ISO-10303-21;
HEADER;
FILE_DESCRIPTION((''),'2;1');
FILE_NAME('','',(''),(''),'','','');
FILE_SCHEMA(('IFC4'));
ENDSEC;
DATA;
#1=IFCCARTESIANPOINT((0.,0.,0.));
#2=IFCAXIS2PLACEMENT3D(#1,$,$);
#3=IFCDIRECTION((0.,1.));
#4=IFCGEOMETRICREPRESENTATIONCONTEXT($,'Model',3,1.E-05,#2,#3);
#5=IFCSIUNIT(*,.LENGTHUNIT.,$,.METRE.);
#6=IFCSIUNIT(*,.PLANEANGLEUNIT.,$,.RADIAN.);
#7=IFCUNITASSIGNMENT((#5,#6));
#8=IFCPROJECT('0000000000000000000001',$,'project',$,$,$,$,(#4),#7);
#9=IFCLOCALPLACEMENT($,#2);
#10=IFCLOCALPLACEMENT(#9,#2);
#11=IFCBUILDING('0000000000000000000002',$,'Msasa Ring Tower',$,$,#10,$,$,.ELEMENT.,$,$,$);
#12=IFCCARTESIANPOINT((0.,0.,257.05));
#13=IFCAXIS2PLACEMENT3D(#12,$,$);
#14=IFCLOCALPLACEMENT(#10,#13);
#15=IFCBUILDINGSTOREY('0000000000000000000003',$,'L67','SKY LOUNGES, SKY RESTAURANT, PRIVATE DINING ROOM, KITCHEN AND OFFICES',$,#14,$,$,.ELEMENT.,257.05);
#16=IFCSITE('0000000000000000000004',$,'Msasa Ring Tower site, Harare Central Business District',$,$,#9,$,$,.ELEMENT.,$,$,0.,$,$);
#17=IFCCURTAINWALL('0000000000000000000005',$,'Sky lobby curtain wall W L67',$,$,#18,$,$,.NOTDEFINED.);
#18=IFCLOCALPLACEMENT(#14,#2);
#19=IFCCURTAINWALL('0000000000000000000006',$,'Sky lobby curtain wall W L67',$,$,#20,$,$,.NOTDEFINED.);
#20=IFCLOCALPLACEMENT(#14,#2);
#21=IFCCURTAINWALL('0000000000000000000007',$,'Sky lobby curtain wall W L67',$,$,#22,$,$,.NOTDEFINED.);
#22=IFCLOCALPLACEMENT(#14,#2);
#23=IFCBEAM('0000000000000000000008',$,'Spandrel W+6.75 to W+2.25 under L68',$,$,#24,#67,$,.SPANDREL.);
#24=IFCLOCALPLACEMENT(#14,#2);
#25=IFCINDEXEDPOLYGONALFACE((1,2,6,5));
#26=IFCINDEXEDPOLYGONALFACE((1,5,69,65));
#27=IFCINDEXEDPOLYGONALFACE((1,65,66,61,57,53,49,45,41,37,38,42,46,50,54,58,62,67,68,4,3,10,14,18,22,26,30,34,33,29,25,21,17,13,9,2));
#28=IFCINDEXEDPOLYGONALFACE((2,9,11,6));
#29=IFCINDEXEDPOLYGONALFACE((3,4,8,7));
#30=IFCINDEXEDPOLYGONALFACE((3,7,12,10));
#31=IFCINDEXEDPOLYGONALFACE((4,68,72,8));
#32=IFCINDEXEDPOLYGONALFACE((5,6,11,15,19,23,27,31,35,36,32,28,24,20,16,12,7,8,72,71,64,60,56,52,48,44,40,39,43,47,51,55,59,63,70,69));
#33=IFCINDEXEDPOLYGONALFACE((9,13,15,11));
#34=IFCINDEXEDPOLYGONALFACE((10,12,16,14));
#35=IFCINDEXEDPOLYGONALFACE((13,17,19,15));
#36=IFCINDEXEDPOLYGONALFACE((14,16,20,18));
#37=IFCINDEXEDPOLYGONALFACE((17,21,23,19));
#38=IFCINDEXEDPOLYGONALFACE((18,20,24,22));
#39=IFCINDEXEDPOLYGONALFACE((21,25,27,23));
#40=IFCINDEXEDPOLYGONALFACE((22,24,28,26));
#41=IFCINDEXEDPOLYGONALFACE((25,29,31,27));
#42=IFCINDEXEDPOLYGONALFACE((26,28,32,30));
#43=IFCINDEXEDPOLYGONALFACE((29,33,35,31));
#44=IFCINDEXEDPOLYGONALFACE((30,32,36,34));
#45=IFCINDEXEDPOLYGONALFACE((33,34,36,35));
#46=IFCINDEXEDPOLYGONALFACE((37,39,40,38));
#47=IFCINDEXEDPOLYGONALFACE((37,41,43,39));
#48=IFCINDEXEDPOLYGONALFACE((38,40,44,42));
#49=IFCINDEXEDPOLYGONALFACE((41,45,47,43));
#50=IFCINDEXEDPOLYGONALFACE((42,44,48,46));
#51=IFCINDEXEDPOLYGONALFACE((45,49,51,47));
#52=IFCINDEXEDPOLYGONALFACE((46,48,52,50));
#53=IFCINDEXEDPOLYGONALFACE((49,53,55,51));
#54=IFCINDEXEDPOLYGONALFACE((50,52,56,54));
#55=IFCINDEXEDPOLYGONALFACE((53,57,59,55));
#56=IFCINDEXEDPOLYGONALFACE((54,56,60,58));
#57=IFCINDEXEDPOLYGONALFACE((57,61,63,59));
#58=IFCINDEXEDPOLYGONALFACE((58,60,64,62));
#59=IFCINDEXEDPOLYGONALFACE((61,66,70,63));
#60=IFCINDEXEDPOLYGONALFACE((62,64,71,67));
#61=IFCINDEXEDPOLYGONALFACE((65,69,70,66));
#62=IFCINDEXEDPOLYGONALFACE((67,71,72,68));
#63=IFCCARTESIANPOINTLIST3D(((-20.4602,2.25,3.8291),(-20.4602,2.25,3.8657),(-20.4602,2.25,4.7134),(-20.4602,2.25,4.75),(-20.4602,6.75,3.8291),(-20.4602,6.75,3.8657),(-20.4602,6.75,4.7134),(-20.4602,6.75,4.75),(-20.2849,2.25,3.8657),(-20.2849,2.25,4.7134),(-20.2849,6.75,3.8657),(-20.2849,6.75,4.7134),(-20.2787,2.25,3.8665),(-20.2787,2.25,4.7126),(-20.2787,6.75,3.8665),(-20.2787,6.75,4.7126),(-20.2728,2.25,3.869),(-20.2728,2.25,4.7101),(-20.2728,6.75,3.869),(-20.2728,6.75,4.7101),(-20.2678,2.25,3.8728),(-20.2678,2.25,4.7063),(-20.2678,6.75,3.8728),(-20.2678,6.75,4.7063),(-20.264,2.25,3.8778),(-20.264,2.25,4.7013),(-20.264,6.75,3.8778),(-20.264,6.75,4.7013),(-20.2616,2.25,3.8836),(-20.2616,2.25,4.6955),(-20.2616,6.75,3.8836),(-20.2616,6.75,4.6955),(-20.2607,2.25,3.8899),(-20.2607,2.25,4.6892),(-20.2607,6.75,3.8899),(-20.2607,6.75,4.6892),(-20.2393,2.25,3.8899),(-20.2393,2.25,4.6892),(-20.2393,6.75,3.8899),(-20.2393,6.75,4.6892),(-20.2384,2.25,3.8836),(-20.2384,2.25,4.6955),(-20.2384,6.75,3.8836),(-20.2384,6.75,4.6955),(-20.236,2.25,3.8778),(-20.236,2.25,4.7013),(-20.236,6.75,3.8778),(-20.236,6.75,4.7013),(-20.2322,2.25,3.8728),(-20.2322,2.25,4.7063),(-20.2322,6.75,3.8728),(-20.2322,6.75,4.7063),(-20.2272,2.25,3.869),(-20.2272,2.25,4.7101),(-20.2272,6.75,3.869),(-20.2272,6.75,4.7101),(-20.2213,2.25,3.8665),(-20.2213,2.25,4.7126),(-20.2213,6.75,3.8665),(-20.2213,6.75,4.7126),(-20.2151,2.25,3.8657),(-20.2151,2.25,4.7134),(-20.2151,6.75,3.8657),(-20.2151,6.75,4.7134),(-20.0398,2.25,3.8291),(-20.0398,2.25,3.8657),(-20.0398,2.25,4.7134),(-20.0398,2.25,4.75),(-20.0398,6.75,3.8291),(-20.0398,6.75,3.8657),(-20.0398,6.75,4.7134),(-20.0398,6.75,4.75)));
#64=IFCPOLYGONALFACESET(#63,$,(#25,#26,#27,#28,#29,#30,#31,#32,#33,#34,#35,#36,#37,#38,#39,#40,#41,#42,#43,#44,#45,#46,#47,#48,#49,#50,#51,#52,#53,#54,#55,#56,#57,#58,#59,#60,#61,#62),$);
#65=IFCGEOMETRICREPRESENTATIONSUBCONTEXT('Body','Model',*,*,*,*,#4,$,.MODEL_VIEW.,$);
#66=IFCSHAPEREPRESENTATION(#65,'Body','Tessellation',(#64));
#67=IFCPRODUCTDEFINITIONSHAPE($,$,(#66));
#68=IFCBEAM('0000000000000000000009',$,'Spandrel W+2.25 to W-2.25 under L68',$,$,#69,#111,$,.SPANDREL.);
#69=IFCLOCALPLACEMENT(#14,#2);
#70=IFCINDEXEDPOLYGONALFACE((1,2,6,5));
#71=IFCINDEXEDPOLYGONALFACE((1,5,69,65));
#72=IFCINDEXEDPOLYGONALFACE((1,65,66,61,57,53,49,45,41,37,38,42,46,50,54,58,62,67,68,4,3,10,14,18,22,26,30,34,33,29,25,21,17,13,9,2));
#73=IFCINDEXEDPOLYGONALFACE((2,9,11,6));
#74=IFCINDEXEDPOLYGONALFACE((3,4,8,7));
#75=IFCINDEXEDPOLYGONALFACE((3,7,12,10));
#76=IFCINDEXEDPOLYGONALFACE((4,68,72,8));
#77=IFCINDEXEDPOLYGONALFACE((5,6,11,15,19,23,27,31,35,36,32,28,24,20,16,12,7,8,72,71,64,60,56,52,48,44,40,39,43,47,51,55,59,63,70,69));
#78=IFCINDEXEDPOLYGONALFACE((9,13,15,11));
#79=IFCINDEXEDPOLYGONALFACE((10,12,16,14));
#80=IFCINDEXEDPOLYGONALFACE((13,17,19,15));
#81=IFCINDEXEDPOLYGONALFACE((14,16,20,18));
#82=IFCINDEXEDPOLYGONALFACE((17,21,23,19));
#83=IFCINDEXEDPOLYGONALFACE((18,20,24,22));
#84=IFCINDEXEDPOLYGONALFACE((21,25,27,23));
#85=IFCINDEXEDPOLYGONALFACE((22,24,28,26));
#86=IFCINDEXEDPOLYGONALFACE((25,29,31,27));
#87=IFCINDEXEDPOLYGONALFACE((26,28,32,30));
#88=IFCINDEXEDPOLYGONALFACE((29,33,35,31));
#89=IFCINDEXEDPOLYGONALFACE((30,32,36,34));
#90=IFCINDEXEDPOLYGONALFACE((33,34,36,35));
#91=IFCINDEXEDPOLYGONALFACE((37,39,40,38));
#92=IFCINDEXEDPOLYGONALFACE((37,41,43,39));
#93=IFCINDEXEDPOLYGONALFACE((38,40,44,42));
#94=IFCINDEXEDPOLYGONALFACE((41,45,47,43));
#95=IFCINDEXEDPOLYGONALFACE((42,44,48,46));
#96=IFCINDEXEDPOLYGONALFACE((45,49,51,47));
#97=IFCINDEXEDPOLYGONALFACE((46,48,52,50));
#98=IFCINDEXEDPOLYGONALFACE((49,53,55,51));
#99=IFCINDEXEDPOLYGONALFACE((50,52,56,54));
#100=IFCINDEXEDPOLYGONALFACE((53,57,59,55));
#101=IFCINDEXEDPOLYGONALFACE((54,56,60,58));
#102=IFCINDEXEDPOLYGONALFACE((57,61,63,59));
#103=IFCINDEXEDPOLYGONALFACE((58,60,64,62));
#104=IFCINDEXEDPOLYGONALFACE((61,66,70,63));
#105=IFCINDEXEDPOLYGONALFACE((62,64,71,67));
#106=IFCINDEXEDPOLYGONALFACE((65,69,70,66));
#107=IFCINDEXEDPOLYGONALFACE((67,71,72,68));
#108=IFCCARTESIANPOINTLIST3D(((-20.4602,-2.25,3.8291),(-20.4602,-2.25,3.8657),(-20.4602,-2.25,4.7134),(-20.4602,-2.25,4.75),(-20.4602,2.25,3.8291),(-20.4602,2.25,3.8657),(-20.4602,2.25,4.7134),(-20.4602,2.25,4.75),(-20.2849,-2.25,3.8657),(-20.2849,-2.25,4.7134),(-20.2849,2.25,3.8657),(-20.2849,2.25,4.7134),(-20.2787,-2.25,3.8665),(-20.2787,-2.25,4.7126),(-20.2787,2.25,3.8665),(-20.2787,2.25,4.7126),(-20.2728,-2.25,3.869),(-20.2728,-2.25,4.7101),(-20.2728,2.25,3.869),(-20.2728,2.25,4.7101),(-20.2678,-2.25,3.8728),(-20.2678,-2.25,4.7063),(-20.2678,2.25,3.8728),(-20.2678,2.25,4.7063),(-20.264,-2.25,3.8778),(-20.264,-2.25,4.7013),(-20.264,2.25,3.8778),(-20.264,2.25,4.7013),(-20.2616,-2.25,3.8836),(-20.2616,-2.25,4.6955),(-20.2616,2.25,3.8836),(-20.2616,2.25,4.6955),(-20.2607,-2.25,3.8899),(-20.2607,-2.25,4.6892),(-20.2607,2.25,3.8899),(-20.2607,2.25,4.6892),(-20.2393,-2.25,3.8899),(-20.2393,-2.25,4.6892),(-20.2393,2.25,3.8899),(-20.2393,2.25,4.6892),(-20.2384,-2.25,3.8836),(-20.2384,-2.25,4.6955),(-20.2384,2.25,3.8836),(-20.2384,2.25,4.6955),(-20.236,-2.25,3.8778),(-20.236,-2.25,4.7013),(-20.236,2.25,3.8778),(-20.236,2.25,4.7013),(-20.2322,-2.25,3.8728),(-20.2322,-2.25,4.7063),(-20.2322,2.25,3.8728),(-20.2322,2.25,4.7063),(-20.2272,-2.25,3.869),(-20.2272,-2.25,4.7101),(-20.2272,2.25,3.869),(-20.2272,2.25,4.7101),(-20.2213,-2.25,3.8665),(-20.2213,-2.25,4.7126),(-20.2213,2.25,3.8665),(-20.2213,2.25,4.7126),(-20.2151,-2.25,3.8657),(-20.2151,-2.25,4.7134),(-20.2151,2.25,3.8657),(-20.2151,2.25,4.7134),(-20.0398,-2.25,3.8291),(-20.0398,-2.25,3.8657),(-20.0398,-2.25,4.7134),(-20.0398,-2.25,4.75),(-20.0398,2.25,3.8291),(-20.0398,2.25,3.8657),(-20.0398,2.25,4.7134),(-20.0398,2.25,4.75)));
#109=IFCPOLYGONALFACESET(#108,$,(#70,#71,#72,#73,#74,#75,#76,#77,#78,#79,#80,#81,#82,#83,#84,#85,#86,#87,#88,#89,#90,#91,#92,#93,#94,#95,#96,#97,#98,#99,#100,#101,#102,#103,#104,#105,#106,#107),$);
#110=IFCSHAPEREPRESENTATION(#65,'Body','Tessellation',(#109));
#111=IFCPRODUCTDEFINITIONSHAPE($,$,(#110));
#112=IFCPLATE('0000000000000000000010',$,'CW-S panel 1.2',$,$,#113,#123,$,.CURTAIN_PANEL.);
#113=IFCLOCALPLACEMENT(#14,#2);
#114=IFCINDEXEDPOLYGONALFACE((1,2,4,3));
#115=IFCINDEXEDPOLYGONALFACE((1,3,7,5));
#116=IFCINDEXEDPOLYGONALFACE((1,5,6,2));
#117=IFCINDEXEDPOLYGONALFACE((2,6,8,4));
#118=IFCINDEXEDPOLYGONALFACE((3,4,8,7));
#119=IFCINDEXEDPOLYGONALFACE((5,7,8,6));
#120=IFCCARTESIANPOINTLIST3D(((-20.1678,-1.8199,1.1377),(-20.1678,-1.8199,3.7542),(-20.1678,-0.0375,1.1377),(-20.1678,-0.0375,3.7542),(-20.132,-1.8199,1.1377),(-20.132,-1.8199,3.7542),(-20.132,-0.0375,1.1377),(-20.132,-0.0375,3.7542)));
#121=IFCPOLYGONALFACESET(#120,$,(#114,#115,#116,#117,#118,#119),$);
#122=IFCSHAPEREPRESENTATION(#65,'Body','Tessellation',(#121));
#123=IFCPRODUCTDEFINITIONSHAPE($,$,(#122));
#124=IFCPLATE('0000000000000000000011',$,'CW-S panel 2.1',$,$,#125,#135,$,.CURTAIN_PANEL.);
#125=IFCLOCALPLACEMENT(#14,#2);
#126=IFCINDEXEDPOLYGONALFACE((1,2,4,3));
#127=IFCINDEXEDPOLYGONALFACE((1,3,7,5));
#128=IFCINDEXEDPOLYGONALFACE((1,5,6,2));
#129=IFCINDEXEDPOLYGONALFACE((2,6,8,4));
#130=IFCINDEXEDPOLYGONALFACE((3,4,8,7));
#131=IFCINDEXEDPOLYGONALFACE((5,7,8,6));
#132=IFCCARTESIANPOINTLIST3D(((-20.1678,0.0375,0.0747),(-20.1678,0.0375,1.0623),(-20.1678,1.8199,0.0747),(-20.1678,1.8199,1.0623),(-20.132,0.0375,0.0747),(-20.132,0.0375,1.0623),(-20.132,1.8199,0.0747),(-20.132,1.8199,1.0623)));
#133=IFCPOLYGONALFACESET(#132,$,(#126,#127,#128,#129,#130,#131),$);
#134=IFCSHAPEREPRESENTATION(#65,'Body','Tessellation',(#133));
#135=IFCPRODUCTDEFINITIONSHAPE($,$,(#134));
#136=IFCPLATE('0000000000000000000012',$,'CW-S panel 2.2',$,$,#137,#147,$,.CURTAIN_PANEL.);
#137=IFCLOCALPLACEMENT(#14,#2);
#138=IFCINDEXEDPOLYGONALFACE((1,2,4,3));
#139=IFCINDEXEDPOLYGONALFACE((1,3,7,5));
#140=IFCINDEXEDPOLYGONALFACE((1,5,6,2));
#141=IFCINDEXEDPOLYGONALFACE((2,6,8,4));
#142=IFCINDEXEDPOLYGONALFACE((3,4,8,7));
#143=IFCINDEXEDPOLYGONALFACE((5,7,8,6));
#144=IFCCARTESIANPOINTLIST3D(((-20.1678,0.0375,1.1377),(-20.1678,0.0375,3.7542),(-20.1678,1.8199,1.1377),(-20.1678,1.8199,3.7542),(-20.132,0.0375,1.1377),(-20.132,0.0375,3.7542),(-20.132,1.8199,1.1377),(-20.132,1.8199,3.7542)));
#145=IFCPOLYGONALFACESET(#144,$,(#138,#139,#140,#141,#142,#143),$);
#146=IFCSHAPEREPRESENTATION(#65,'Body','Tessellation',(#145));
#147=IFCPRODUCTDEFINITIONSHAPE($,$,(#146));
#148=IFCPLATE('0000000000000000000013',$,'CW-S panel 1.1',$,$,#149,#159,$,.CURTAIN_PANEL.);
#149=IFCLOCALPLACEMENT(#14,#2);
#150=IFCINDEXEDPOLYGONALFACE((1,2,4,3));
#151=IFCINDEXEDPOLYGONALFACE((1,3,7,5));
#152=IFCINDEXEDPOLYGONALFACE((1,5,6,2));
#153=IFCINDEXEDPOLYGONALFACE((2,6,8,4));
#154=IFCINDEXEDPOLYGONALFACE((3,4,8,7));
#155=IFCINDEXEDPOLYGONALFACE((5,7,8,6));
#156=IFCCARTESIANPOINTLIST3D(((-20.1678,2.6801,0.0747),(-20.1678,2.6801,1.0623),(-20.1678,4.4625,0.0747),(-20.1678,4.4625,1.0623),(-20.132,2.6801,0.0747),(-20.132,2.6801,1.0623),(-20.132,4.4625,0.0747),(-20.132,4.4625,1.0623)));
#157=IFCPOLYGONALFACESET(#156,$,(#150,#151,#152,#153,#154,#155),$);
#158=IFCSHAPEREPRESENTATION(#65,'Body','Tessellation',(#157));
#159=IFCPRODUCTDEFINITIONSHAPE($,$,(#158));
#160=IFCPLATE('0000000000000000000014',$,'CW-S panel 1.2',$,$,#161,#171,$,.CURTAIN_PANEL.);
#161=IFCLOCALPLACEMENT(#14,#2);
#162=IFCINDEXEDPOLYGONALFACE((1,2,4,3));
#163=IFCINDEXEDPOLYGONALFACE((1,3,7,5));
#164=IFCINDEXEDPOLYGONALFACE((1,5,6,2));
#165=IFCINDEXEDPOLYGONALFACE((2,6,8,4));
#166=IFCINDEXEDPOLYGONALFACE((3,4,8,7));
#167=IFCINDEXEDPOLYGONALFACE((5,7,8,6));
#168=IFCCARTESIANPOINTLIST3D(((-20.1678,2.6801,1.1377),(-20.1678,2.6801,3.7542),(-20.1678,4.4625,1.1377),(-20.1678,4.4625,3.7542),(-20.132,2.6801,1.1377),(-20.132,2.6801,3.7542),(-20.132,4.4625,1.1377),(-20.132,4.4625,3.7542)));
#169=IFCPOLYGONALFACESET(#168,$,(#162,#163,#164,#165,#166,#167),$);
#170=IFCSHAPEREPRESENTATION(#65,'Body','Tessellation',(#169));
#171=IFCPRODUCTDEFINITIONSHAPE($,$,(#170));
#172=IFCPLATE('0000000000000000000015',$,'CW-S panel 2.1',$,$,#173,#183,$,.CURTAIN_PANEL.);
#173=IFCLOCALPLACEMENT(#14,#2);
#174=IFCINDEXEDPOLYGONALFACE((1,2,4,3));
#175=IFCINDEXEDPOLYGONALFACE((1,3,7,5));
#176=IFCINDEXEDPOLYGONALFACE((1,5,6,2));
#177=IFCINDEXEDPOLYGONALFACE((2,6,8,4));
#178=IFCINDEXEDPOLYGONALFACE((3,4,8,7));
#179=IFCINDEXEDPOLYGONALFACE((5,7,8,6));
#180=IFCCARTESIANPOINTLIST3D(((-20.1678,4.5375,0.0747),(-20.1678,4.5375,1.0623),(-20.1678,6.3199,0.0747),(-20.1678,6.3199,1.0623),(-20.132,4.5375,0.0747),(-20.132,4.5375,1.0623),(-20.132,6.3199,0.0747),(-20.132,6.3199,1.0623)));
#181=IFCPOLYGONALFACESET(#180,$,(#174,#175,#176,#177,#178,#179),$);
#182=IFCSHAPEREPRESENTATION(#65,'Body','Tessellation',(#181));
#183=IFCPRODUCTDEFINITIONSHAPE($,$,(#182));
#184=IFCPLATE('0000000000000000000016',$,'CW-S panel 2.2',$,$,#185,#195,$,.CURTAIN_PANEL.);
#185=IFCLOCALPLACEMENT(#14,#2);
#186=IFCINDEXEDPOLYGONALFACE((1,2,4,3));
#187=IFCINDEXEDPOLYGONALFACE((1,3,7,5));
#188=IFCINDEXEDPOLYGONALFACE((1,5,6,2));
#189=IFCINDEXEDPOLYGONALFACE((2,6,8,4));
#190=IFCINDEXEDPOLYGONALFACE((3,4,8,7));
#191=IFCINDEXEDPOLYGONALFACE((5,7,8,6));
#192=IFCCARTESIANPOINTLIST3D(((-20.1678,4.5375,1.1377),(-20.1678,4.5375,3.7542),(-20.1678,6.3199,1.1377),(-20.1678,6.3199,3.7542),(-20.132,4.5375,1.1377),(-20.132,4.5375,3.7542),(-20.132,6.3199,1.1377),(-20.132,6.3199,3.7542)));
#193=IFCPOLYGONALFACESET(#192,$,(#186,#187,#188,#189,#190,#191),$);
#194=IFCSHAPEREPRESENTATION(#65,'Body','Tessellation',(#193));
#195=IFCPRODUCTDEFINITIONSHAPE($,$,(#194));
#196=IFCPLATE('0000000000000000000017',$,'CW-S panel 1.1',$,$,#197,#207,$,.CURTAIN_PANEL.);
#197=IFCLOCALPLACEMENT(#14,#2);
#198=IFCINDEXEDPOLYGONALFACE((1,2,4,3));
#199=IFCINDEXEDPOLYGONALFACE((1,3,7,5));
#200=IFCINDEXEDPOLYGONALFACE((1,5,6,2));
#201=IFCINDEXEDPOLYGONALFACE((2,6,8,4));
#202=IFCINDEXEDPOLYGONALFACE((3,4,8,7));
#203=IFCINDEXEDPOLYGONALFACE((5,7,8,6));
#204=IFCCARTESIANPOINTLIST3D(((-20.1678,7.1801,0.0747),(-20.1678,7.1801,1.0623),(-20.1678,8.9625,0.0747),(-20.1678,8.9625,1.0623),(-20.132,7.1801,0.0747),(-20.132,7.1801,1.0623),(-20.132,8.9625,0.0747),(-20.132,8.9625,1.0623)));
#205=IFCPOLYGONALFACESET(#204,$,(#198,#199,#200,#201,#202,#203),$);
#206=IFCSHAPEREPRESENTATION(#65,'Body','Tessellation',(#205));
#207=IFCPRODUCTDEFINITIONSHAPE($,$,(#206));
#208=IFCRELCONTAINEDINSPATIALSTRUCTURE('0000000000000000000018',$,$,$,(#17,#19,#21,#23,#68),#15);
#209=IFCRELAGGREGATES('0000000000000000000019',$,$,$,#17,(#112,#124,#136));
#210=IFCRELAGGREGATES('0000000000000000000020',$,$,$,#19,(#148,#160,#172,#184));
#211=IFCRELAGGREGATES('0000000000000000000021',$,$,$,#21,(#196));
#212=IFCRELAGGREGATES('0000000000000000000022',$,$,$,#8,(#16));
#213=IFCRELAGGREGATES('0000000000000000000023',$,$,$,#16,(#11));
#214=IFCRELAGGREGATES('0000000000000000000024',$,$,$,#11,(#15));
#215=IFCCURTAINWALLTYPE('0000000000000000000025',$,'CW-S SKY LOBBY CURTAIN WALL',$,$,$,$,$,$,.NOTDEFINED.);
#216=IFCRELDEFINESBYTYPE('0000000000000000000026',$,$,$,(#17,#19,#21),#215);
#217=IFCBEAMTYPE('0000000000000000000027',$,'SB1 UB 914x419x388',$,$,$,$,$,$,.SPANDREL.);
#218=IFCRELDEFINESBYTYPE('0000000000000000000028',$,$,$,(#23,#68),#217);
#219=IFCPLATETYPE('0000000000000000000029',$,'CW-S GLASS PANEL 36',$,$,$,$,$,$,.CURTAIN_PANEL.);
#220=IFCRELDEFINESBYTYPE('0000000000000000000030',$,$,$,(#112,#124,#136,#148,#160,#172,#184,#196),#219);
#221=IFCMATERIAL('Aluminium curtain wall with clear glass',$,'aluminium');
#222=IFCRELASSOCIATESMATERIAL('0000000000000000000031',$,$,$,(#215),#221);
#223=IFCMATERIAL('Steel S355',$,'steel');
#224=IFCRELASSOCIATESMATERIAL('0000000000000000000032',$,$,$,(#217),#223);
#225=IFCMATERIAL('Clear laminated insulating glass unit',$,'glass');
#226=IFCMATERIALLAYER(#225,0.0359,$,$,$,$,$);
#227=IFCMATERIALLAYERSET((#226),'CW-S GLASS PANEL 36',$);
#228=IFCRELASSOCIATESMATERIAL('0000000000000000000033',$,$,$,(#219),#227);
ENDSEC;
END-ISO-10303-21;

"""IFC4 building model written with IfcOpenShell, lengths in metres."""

from ifc_helpers import new_model, si_unit, direction, frame, origin, origin_2d, place, context, subcontext, project, spatial, rectangle, i_section, extrude, material, layer, layer_set, material_profile, profile_set, type_object, element, aggregate, save


model = new_model("IFC4")

# Units and contexts
model_context = context("Model", 3, precision=1e-05, world=origin(), true_north=direction((0.0, 1.0)))
body_context = subcontext(model_context, "Body", "Model", "MODEL_VIEW")
ifc_project = project(units=[si_unit("LENGTHUNIT", "METRE"), si_unit("PLANEANGLEUNIT", "RADIAN")], contexts=[model_context])

# Site, building, storey
site_placement = place(None, origin())
site = spatial("IfcSite", under=ifc_project, at=site_placement, Name="Msasa Ring Tower site, Harare Central Business District", CompositionType="ELEMENT", RefElevation=0.0)
building_placement = place(site_placement, origin())
building = spatial("IfcBuilding", under=site, at=building_placement, Name="Msasa Ring Tower", CompositionType="ELEMENT")
storey_placement = place(building_placement, frame((0.0, 0.0, 257.05)))
storey = spatial("IfcBuildingStorey", under=building, at=storey_placement, Name="L67", Description="SKY LOUNGES, SKY RESTAURANT, PRIVATE DINING ROOM, KITCHEN AND OFFICES", CompositionType="ELEMENT", Elevation=257.05)

# Curtain walls
ifc_material_1 = material(Name="Aluminium curtain wall with clear glass", Category="aluminium")
curtain_wall_type = type_object("IfcCurtainWallType", Name="CW-S SKY LOBBY CURTAIN WALL", PredefinedType="NOTDEFINED", material=ifc_material_1)
curtain_wall_1_placement = place(storey_placement, origin())
curtain_wall_1 = element("IfcCurtainWall", 1, at=curtain_wall_1_placement, inside=storey, type_object=curtain_wall_type, Name="Sky lobby curtain wall W L67", PredefinedType="NOTDEFINED")
curtain_wall_2_placement = place(storey_placement, origin())
curtain_wall_2 = element("IfcCurtainWall", 2, at=curtain_wall_2_placement, inside=storey, type_object=curtain_wall_type, Name="Sky lobby curtain wall W L67", PredefinedType="NOTDEFINED")
curtain_wall_3_placement = place(storey_placement, origin())
curtain_wall_3 = element("IfcCurtainWall", 3, at=curtain_wall_3_placement, inside=storey, type_object=curtain_wall_type, Name="Sky lobby curtain wall W L67", PredefinedType="NOTDEFINED")

# Beams
ifc_material_2 = material(Name="Steel S355", Category="steel")
ifc_material_profile_1 = material_profile(ifc_material_2, i_section(OverallWidth=0.4204, OverallDepth=0.9209, WebThickness=0.0215, FlangeThickness=0.0366, FilletRadius=0.0242, at=origin_2d()), Name="UB 914x419x388")
ifc_profile_set_1 = profile_set([ifc_material_profile_1], Name="Steel S355")
beam_type_1 = type_object("IfcBeamType", Name="SB1 UB 914x419x388", PredefinedType="SPANDREL", material=ifc_profile_set_1)
for number, where, z_axis, x_axis, name in (
    (4, (-20.25, 6.75, 4.2896), (0.0, -1.0, 0.0), (1.0, 0.0, 0.0), "Spandrel W+6.75 to W+2.25 under L68"),
    (5, (-20.25, 2.25, 4.2896), (0.0, -1.0, 0.0), (1.0, 0.0, 0.0), "Spandrel W+2.25 to W-2.25 under L68"),
):
    element("IfcBeam", number, at=place(storey_placement, frame(where, z_axis=z_axis, x_axis=x_axis)), inside=storey, type_object=beam_type_1, Name=name, PredefinedType="SPANDREL", context=body_context, shape_type="SweptSolid", body=[
        extrude(i_section(OverallWidth=0.4204, OverallDepth=0.9209, WebThickness=0.0215, FlangeThickness=0.0366, FilletRadius=0.0242, at=origin_2d()), origin(), (0.0, 0.0, 1.0), 4.5),
    ])

# Plates
ifc_material_3 = material(Name="Clear laminated insulating glass unit", Category="glass")
ifc_layer = layer(ifc_material_3, 0.0359)
ifc_layer_set = layer_set([ifc_layer], Name="CW-S GLASS PANEL 36")
plate_type = type_object("IfcPlateType", Name="CW-S GLASS PANEL 36", PredefinedType="CURTAIN_PANEL", material=ifc_layer_set)
plate_1_placement = place(storey_placement, frame((-20.1499, -0.9287, 1.1377), z_axis=(0.0, 0.0, 1.0), x_axis=(0.0, 1.0, 0.0)))
plate_1 = element("IfcPlate", 6, at=plate_1_placement, type_object=plate_type, Name="CW-S panel 1.2", PredefinedType="CURTAIN_PANEL", context=body_context, shape_type="SweptSolid", body=[
    extrude(rectangle(XDim=1.7825, YDim=0.0359, at=origin_2d()), origin(), (0.0, 0.0, 1.0), 2.6165),
])
plate_2_placement = place(storey_placement, frame((-20.1499, 0.9287, 0.0747), z_axis=(0.0, 0.0, 1.0), x_axis=(0.0, 1.0, 0.0)))
plate_2 = element("IfcPlate", 7, at=plate_2_placement, type_object=plate_type, Name="CW-S panel 2.1", PredefinedType="CURTAIN_PANEL", context=body_context, shape_type="SweptSolid", body=[
    extrude(rectangle(XDim=1.7825, YDim=0.0359, at=origin_2d()), origin(), (0.0, 0.0, 1.0), 0.9875),
])
plate_3_placement = place(storey_placement, frame((-20.1499, 0.9287, 1.1377), z_axis=(0.0, 0.0, 1.0), x_axis=(0.0, 1.0, 0.0)))
plate_3 = element("IfcPlate", 8, at=plate_3_placement, type_object=plate_type, Name="CW-S panel 2.2", PredefinedType="CURTAIN_PANEL", context=body_context, shape_type="SweptSolid", body=[
    extrude(rectangle(XDim=1.7825, YDim=0.0359, at=origin_2d()), origin(), (0.0, 0.0, 1.0), 2.6165),
])
aggregate(curtain_wall_1, [plate_1, plate_2, plate_3])
plate_4_placement = place(storey_placement, frame((-20.1499, 3.5713, 0.0747), z_axis=(0.0, 0.0, 1.0), x_axis=(0.0, 1.0, 0.0)))
plate_4 = element("IfcPlate", 9, at=plate_4_placement, type_object=plate_type, Name="CW-S panel 1.1", PredefinedType="CURTAIN_PANEL", context=body_context, shape_type="SweptSolid", body=[
    extrude(rectangle(XDim=1.7825, YDim=0.0359, at=origin_2d()), origin(), (0.0, 0.0, 1.0), 0.9875),
])
plate_5_placement = place(storey_placement, frame((-20.1499, 3.5713, 1.1377), z_axis=(0.0, 0.0, 1.0), x_axis=(0.0, 1.0, 0.0)))
plate_5 = element("IfcPlate", 10, at=plate_5_placement, type_object=plate_type, Name="CW-S panel 1.2", PredefinedType="CURTAIN_PANEL", context=body_context, shape_type="SweptSolid", body=[
    extrude(rectangle(XDim=1.7825, YDim=0.0359, at=origin_2d()), origin(), (0.0, 0.0, 1.0), 2.6165),
])
plate_6_placement = place(storey_placement, frame((-20.1499, 5.4287, 0.0747), z_axis=(0.0, 0.0, 1.0), x_axis=(0.0, 1.0, 0.0)))
plate_6 = element("IfcPlate", 11, at=plate_6_placement, type_object=plate_type, Name="CW-S panel 2.1", PredefinedType="CURTAIN_PANEL", context=body_context, shape_type="SweptSolid", body=[
    extrude(rectangle(XDim=1.7825, YDim=0.0359, at=origin_2d()), origin(), (0.0, 0.0, 1.0), 0.9875),
])
plate_7_placement = place(storey_placement, frame((-20.1499, 5.4287, 1.1377), z_axis=(0.0, 0.0, 1.0), x_axis=(0.0, 1.0, 0.0)))
plate_7 = element("IfcPlate", 12, at=plate_7_placement, type_object=plate_type, Name="CW-S panel 2.2", PredefinedType="CURTAIN_PANEL", context=body_context, shape_type="SweptSolid", body=[
    extrude(rectangle(XDim=1.7825, YDim=0.0359, at=origin_2d()), origin(), (0.0, 0.0, 1.0), 2.6165),
])
aggregate(curtain_wall_2, [plate_4, plate_5, plate_6, plate_7])
plate_8_placement = place(storey_placement, frame((-20.1499, 8.0713, 0.0747), z_axis=(0.0, 0.0, 1.0), x_axis=(0.0, 1.0, 0.0)))
plate_8 = element("IfcPlate", 13, at=plate_8_placement, type_object=plate_type, Name="CW-S panel 1.1", PredefinedType="CURTAIN_PANEL", context=body_context, shape_type="SweptSolid", body=[
    extrude(rectangle(XDim=1.7825, YDim=0.0359, at=origin_2d()), origin(), (0.0, 0.0, 1.0), 0.9875),
])
aggregate(curtain_wall_3, [plate_8])

save(model, "model.ifc")
